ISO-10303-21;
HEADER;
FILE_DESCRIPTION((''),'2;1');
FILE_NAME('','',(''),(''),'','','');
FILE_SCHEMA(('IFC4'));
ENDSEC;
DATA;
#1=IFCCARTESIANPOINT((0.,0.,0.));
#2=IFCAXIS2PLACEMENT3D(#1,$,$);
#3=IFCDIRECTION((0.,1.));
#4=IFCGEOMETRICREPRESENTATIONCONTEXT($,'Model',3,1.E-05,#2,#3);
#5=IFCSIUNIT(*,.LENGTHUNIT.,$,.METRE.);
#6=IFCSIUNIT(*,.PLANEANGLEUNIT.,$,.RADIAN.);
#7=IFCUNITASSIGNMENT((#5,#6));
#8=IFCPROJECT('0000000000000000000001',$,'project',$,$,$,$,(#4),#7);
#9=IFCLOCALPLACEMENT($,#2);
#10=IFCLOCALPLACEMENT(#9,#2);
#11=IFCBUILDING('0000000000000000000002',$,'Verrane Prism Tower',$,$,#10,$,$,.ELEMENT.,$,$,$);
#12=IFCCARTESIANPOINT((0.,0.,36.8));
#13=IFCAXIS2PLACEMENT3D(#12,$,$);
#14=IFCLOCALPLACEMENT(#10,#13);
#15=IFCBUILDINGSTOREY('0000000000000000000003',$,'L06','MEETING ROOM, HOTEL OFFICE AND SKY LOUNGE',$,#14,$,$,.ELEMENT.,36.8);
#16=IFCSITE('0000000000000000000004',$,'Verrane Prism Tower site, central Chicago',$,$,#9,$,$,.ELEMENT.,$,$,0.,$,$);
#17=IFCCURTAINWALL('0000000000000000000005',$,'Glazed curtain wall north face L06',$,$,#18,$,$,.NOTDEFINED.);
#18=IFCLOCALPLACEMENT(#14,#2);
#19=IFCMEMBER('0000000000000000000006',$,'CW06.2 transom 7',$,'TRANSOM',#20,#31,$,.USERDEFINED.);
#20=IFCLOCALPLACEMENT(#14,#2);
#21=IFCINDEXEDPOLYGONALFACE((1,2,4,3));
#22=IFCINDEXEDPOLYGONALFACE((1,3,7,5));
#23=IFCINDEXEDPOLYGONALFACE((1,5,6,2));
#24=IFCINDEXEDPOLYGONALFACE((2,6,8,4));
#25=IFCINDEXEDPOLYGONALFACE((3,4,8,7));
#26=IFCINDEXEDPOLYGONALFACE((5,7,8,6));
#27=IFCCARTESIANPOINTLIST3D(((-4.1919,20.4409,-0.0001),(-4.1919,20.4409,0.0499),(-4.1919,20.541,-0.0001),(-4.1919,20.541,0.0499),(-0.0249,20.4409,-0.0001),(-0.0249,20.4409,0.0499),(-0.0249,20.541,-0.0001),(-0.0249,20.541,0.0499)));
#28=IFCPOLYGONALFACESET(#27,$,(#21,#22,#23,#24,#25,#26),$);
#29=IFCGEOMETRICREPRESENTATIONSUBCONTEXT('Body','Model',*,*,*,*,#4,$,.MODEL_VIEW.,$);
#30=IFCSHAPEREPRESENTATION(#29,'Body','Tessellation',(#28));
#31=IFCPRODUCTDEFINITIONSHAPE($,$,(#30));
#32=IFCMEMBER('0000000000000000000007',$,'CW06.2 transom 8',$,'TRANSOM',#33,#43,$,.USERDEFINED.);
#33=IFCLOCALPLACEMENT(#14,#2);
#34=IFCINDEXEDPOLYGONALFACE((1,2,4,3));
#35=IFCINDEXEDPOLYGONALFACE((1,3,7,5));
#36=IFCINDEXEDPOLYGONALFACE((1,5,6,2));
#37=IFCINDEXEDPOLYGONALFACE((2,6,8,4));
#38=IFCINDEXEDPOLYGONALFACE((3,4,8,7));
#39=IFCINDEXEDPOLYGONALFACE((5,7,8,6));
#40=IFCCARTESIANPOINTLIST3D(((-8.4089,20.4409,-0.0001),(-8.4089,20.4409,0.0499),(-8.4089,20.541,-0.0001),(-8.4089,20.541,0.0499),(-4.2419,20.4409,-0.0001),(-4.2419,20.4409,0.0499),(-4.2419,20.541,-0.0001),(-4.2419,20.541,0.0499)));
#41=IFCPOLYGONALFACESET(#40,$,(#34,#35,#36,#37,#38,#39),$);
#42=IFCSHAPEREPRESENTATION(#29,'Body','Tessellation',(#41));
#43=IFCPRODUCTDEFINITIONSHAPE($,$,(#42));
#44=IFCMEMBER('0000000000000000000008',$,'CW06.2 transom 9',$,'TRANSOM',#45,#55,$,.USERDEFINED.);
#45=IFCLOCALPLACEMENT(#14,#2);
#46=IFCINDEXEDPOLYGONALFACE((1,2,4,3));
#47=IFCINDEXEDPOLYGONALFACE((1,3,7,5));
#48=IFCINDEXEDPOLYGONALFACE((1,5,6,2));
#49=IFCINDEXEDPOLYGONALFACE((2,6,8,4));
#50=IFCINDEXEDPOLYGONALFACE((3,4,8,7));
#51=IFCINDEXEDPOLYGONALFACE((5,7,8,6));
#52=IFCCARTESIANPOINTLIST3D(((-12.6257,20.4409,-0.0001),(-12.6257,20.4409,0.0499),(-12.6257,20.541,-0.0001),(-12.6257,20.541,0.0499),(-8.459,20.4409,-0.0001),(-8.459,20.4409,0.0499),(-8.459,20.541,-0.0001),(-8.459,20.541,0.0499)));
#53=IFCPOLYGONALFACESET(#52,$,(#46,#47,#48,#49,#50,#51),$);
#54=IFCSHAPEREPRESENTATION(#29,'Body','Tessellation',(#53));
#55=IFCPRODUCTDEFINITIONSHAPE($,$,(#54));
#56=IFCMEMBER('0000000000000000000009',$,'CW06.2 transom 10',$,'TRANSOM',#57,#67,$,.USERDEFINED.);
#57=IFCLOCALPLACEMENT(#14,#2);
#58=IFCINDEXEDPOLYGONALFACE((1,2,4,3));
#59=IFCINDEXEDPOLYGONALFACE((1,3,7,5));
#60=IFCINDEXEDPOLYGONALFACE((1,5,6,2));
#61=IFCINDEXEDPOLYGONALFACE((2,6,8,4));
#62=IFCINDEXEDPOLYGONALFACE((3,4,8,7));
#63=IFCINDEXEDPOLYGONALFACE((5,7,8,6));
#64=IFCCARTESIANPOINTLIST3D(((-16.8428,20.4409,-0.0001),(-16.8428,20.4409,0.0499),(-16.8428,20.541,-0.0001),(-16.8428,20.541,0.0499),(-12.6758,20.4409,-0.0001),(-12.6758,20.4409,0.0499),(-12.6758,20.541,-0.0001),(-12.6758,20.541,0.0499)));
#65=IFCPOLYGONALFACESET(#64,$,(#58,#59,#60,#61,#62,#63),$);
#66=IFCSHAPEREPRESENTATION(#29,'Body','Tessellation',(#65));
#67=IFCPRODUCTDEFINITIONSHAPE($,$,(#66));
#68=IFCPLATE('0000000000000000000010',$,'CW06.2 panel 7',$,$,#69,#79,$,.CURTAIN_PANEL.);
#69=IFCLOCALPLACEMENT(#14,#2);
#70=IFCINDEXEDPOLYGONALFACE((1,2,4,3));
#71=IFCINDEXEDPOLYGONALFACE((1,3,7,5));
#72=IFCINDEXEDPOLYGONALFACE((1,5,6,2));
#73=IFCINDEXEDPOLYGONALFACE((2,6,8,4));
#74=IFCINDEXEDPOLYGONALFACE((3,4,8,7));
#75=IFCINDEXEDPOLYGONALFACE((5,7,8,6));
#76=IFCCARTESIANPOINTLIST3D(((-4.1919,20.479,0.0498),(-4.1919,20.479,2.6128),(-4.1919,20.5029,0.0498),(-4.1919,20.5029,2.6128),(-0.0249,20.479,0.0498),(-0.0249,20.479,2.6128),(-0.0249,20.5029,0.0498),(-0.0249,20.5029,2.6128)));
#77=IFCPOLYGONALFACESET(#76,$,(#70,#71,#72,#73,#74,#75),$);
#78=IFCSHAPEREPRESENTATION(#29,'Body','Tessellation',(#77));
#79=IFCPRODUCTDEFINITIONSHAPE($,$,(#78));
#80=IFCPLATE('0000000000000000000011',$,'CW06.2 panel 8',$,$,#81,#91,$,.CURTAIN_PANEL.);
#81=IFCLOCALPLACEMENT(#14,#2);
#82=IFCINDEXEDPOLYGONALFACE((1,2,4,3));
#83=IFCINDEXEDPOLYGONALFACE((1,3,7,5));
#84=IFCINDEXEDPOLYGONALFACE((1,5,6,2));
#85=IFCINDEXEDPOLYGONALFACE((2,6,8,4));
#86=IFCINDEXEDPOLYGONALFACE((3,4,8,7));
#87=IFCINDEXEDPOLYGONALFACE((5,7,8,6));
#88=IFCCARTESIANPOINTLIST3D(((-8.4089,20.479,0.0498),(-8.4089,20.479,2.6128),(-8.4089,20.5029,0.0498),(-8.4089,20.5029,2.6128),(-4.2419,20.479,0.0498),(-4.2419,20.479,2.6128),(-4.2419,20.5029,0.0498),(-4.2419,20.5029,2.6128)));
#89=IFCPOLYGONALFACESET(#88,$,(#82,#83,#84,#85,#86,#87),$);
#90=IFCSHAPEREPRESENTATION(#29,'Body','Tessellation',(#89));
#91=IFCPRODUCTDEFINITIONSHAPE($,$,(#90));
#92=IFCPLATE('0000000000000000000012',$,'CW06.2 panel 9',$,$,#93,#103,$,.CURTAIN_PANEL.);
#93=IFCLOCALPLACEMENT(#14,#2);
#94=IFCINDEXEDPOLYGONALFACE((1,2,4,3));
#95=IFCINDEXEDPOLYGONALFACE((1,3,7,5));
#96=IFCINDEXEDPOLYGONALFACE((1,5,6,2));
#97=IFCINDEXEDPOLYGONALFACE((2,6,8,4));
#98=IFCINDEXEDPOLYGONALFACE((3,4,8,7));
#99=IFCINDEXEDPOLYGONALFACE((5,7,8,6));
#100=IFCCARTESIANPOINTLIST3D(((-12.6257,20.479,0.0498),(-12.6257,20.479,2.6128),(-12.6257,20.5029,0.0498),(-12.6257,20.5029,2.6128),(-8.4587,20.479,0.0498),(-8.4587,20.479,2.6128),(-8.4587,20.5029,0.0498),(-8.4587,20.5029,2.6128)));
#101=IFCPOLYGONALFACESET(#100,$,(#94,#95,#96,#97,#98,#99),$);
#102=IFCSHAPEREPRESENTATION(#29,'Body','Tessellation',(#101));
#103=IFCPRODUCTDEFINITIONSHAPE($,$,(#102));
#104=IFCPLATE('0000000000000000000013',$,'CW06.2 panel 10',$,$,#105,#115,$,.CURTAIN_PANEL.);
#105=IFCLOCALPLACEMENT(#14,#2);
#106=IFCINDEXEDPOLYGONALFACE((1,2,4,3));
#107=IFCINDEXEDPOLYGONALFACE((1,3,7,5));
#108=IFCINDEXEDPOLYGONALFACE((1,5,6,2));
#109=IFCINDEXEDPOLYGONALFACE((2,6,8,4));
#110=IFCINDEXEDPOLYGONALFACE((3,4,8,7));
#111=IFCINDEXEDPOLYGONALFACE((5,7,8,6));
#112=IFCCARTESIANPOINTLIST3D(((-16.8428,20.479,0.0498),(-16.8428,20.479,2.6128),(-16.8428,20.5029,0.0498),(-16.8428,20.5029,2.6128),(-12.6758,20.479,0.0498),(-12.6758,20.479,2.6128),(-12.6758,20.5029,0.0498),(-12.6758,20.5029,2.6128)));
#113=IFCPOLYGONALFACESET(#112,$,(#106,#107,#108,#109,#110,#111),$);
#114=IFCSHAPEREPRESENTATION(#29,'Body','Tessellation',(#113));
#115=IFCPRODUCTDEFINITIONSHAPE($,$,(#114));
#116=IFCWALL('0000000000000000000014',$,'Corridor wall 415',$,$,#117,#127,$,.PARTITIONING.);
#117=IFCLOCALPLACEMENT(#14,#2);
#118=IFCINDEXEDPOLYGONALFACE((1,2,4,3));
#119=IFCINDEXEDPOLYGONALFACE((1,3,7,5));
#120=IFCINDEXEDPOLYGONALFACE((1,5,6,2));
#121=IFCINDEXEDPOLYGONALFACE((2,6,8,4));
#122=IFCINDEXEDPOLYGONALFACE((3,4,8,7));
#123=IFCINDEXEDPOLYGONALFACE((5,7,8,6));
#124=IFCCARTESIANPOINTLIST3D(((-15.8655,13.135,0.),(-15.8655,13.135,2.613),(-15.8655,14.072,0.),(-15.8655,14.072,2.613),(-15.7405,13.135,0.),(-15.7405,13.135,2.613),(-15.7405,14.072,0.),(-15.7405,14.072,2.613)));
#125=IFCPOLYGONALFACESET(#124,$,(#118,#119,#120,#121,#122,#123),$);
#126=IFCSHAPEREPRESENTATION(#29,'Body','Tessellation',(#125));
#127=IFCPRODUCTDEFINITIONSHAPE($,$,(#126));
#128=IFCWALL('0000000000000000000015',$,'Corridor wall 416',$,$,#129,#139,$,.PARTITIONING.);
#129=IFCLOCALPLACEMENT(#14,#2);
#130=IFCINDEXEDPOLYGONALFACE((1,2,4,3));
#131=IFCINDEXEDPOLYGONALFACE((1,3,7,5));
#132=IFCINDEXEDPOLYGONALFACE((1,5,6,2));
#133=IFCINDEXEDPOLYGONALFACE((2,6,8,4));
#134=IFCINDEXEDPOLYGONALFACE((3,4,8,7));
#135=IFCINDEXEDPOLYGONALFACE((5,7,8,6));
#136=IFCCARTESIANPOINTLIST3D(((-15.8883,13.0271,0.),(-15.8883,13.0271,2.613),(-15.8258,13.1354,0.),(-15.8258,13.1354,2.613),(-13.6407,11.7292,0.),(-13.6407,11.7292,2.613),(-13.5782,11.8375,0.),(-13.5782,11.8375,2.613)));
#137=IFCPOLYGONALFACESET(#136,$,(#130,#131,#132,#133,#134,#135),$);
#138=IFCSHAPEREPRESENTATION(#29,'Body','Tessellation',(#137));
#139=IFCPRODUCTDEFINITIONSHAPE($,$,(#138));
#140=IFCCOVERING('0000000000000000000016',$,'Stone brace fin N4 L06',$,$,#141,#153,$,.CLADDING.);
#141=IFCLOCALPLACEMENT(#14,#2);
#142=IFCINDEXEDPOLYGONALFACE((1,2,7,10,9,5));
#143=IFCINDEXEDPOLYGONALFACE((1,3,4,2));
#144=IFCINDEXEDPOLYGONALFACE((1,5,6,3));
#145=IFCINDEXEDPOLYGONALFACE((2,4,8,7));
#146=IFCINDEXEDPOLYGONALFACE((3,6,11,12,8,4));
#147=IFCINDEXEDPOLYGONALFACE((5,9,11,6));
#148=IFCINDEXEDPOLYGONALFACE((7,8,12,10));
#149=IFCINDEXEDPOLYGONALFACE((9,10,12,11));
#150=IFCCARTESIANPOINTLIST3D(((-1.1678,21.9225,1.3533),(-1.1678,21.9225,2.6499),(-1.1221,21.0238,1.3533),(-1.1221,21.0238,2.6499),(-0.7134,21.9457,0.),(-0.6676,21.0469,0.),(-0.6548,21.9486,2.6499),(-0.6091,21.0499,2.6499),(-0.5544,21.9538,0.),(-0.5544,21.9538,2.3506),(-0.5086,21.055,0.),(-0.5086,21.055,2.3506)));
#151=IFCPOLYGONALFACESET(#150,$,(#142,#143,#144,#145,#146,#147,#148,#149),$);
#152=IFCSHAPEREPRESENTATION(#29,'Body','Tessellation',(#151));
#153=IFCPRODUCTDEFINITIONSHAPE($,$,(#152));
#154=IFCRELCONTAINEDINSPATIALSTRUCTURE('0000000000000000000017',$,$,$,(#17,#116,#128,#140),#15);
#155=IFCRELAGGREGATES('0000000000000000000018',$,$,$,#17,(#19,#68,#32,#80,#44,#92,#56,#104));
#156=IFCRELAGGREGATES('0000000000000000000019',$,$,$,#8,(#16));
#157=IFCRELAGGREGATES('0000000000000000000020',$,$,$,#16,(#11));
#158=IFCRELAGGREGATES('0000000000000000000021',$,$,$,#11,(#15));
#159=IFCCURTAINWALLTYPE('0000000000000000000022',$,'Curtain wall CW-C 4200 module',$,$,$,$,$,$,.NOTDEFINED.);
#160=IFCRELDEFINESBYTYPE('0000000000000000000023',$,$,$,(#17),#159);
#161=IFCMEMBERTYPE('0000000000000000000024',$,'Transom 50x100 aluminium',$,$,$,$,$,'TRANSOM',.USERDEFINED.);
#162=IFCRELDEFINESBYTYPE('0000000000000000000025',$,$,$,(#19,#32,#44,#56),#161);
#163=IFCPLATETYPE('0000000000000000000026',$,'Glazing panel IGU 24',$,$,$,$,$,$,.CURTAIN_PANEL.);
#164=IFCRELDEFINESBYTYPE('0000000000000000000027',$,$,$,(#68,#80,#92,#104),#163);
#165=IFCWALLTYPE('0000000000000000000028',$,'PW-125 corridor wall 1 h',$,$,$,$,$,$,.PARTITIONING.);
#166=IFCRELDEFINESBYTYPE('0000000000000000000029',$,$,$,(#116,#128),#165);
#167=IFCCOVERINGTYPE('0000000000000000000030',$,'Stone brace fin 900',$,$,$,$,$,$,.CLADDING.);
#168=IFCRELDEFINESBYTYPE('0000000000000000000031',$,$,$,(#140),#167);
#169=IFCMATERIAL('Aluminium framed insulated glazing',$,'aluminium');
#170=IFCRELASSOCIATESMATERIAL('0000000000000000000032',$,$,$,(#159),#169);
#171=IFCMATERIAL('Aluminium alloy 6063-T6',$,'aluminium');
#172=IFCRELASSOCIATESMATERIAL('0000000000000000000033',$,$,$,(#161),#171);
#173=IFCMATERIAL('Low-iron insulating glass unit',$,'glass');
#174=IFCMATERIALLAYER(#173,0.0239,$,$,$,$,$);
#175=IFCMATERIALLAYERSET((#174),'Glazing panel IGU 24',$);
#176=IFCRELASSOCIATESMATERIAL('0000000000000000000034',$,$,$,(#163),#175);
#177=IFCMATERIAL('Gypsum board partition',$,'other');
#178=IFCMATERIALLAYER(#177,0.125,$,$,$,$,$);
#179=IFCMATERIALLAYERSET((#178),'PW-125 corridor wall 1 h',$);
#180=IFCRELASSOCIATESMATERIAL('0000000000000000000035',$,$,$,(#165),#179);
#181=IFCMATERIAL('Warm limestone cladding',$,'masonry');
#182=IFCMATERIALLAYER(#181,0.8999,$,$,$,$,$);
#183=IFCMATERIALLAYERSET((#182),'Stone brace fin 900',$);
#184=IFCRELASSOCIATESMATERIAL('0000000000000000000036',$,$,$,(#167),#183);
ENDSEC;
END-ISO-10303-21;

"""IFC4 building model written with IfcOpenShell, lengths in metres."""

from ifc_helpers import new_model, si_unit, direction, frame, frame_2d, origin, origin_2d, place, context, subcontext, project, spatial, polyline, rectangle, outline, extrude, material, layer, layer_set, material_profile, profile_set, type_object, element, aggregate, save


model = new_model("IFC4")

# Units and contexts
model_context = context("Model", 3, precision=1e-05, world=origin(), true_north=direction((0.0, 1.0)))
body_context = subcontext(model_context, "Body", "Model", "MODEL_VIEW")
ifc_project = project(units=[si_unit("LENGTHUNIT", "METRE"), si_unit("PLANEANGLEUNIT", "RADIAN")], contexts=[model_context])

# Site, building, storey
site_placement = place(None, origin())
site = spatial("IfcSite", under=ifc_project, at=site_placement, Name="Verrane Prism Tower site, central Chicago", CompositionType="ELEMENT", RefElevation=0.0)
building_placement = place(site_placement, origin())
building = spatial("IfcBuilding", under=site, at=building_placement, Name="Verrane Prism Tower", CompositionType="ELEMENT")
storey_placement = place(building_placement, frame((0.0, 0.0, 36.8)))
storey = spatial("IfcBuildingStorey", under=building, at=storey_placement, Name="L06", Description="MEETING ROOM, HOTEL OFFICE AND SKY LOUNGE", CompositionType="ELEMENT", Elevation=36.8)

# Curtain wall
ifc_material_1 = material(Name="Aluminium framed insulated glazing", Category="aluminium")
curtain_wall_type = type_object("IfcCurtainWallType", Name="Curtain wall CW-C 4200 module", PredefinedType="NOTDEFINED", material=ifc_material_1)
curtain_wall_placement = place(storey_placement, origin())
curtain_wall = element("IfcCurtainWall", 1, at=curtain_wall_placement, inside=storey, type_object=curtain_wall_type, Name="Glazed curtain wall north face L06", PredefinedType="NOTDEFINED")

# Members
ifc_material_2 = material(Name="Aluminium alloy 6063-T6", Category="aluminium")
ifc_material_profile_1 = material_profile(ifc_material_2, rectangle(XDim=0.1001, YDim=0.05, at=origin_2d()), Name="Transom 50x100 aluminium")
ifc_profile_set_1 = profile_set([ifc_material_profile_1], Name="Aluminium alloy 6063-T6")
member_type_1 = type_object("IfcMemberType", Name="Transom 50x100 aluminium", ElementType="TRANSOM", PredefinedType="USERDEFINED", material=ifc_profile_set_1)
member_1_placement = place(storey_placement, frame((-0.0249, 20.491, 0.0249), z_axis=(-1.0, 0.0, 0.0), x_axis=(0.0, -1.0, 0.0)))
member_1 = element("IfcMember", 2, at=member_1_placement, type_object=member_type_1, Name="CW06.2 transom 7", ObjectType="TRANSOM", PredefinedType="USERDEFINED", context=body_context, shape_type="SweptSolid", body=[
    extrude(rectangle(XDim=0.1001, YDim=0.05, at=origin_2d()), origin(), (0.0, 0.0, 1.0), 4.167),
])
member_2_placement = place(storey_placement, frame((-4.2419, 20.491, 0.0249), z_axis=(-1.0, 0.0, 0.0), x_axis=(0.0, -1.0, 0.0)))
member_2 = element("IfcMember", 3, at=member_2_placement, type_object=member_type_1, Name="CW06.2 transom 8", ObjectType="TRANSOM", PredefinedType="USERDEFINED", context=body_context, shape_type="SweptSolid", body=[
    extrude(rectangle(XDim=0.1001, YDim=0.05, at=origin_2d()), origin(), (0.0, 0.0, 1.0), 4.167),
])
member_3_placement = place(storey_placement, frame((-8.459, 20.491, 0.0249), z_axis=(-1.0, 0.0, 0.0), x_axis=(0.0, -1.0, 0.0)))
member_3 = element("IfcMember", 4, at=member_3_placement, type_object=member_type_1, Name="CW06.2 transom 9", ObjectType="TRANSOM", PredefinedType="USERDEFINED", context=body_context, shape_type="SweptSolid", body=[
    extrude(rectangle(XDim=0.1001, YDim=0.05, at=origin_2d()), origin(), (0.0, 0.0, 1.0), 4.1667),
])
member_4_placement = place(storey_placement, frame((-12.6758, 20.491, 0.0249), z_axis=(-1.0, 0.0, 0.0), x_axis=(0.0, -1.0, 0.0)))
member_4 = element("IfcMember", 5, at=member_4_placement, type_object=member_type_1, Name="CW06.2 transom 10", ObjectType="TRANSOM", PredefinedType="USERDEFINED", context=body_context, shape_type="SweptSolid", body=[
    extrude(rectangle(XDim=0.1001, YDim=0.05, at=origin_2d()), origin(), (0.0, 0.0, 1.0), 4.167),
])

# Plates
ifc_material_3 = material(Name="Low-iron insulating glass unit", Category="glass")
ifc_layer_1 = layer(ifc_material_3, 0.0239)
ifc_layer_set_1 = layer_set([ifc_layer_1], Name="Glazing panel IGU 24")
plate_type = type_object("IfcPlateType", Name="Glazing panel IGU 24", PredefinedType="CURTAIN_PANEL", material=ifc_layer_set_1)
plate_1_placement = place(storey_placement, frame((-2.1084, 20.491, 0.0498), z_axis=(0.0, 0.0, 1.0), x_axis=(-1.0, 0.0, 0.0)))
plate_1 = element("IfcPlate", 6, at=plate_1_placement, type_object=plate_type, Name="CW06.2 panel 7", PredefinedType="CURTAIN_PANEL", context=body_context, shape_type="SweptSolid", body=[
    extrude(rectangle(XDim=4.167, YDim=0.0239, at=origin_2d()), origin(), (0.0, 0.0, 1.0), 2.563),
])
plate_2_placement = place(storey_placement, frame((-6.3254, 20.491, 0.0498), z_axis=(0.0, 0.0, 1.0), x_axis=(-1.0, 0.0, 0.0)))
plate_2 = element("IfcPlate", 7, at=plate_2_placement, type_object=plate_type, Name="CW06.2 panel 8", PredefinedType="CURTAIN_PANEL", context=body_context, shape_type="SweptSolid", body=[
    extrude(rectangle(XDim=4.167, YDim=0.0239, at=origin_2d()), origin(), (0.0, 0.0, 1.0), 2.563),
])
plate_3_placement = place(storey_placement, frame((-10.5422, 20.491, 0.0498), z_axis=(0.0, 0.0, 1.0), x_axis=(-1.0, 0.0, 0.0)))
plate_3 = element("IfcPlate", 8, at=plate_3_placement, type_object=plate_type, Name="CW06.2 panel 9", PredefinedType="CURTAIN_PANEL", context=body_context, shape_type="SweptSolid", body=[
    extrude(rectangle(XDim=4.167, YDim=0.0239, at=origin_2d()), origin(), (0.0, 0.0, 1.0), 2.563),
])
plate_4_placement = place(storey_placement, frame((-14.7593, 20.491, 0.0498), z_axis=(0.0, 0.0, 1.0), x_axis=(-1.0, 0.0, 0.0)))
plate_4 = element("IfcPlate", 9, at=plate_4_placement, type_object=plate_type, Name="CW06.2 panel 10", PredefinedType="CURTAIN_PANEL", context=body_context, shape_type="SweptSolid", body=[
    extrude(rectangle(XDim=4.167, YDim=0.0239, at=origin_2d()), origin(), (0.0, 0.0, 1.0), 2.563),
])
aggregate(curtain_wall, [member_1, plate_1, member_2, plate_2, member_3, plate_3, member_4, plate_4])

# Walls
ifc_material_4 = material(Name="Gypsum board partition", Category="other")
ifc_layer_2 = layer(ifc_material_4, 0.125)
ifc_layer_set_2 = layer_set([ifc_layer_2], Name="PW-125 corridor wall 1 h")
wall_type = type_object("IfcWallType", Name="PW-125 corridor wall 1 h", PredefinedType="PARTITIONING", material=ifc_layer_set_2)
wall_1_placement = place(storey_placement, frame((-15.803, 13.135, 0.0), z_axis=(0.0, 0.0, 1.0), x_axis=(0.0, 1.0, 0.0)))
element("IfcWall", 10, at=wall_1_placement, inside=storey, type_object=wall_type, Name="Corridor wall 415", PredefinedType="PARTITIONING", context=body_context, shape_type="SweptSolid", body=[
    extrude(rectangle(XDim=0.937, YDim=0.125, at=frame_2d((0.4685, 0.0))), origin(), (0.0, 0.0, 1.0), 2.613),
])
wall_2_placement = place(storey_placement, frame((-15.8572, 13.0813, 0.0), z_axis=(0.0, 0.0, 1.0), x_axis=(0.865988, -0.500064, 0.0)))
element("IfcWall", 11, at=wall_2_placement, inside=storey, type_object=wall_type, Name="Corridor wall 416", PredefinedType="PARTITIONING", context=body_context, shape_type="SweptSolid", body=[
    extrude(rectangle(XDim=2.5955, YDim=0.125, at=frame_2d((1.2979, 0.0))), origin(), (0.0, 0.0, 1.0), 2.613),
])

# Covering
ifc_material_5 = material(Name="Warm limestone cladding", Category="masonry")
ifc_layer_3 = layer(ifc_material_5, 0.8999)
ifc_layer_set_3 = layer_set([ifc_layer_3], Name="Stone brace fin 900")
covering_type = type_object("IfcCoveringType", Name="Stone brace fin 900", PredefinedType="CLADDING", material=ifc_layer_set_3)
covering_placement = place(storey_placement, frame((-0.5315, 21.5044, 0.0), z_axis=(0.0, 0.0, 1.0), x_axis=(-0.998705, -0.050869, 0.0)))
element("IfcCovering", 12, at=covering_placement, inside=storey, type_object=covering_type, Name="Stone brace fin N4 L06", PredefinedType="CLADDING", context=body_context, shape_type="SweptSolid", body=[
    extrude(outline(polyline([(0.6143, 2.6499), (0.1006, 2.6499), (0.0, 2.3506), (0.0, 0.0), (0.1592, 0.0), (0.6143, 1.3533), (0.6143, 2.6499)])), frame((0.0, 0.45, 0.0), z_axis=(0.0, -1.0, 0.0), x_axis=(1.0, 0.0, 0.0)), (0.0, 0.0, 1.0), 0.8999),
])

save(model, "model.ifc")
